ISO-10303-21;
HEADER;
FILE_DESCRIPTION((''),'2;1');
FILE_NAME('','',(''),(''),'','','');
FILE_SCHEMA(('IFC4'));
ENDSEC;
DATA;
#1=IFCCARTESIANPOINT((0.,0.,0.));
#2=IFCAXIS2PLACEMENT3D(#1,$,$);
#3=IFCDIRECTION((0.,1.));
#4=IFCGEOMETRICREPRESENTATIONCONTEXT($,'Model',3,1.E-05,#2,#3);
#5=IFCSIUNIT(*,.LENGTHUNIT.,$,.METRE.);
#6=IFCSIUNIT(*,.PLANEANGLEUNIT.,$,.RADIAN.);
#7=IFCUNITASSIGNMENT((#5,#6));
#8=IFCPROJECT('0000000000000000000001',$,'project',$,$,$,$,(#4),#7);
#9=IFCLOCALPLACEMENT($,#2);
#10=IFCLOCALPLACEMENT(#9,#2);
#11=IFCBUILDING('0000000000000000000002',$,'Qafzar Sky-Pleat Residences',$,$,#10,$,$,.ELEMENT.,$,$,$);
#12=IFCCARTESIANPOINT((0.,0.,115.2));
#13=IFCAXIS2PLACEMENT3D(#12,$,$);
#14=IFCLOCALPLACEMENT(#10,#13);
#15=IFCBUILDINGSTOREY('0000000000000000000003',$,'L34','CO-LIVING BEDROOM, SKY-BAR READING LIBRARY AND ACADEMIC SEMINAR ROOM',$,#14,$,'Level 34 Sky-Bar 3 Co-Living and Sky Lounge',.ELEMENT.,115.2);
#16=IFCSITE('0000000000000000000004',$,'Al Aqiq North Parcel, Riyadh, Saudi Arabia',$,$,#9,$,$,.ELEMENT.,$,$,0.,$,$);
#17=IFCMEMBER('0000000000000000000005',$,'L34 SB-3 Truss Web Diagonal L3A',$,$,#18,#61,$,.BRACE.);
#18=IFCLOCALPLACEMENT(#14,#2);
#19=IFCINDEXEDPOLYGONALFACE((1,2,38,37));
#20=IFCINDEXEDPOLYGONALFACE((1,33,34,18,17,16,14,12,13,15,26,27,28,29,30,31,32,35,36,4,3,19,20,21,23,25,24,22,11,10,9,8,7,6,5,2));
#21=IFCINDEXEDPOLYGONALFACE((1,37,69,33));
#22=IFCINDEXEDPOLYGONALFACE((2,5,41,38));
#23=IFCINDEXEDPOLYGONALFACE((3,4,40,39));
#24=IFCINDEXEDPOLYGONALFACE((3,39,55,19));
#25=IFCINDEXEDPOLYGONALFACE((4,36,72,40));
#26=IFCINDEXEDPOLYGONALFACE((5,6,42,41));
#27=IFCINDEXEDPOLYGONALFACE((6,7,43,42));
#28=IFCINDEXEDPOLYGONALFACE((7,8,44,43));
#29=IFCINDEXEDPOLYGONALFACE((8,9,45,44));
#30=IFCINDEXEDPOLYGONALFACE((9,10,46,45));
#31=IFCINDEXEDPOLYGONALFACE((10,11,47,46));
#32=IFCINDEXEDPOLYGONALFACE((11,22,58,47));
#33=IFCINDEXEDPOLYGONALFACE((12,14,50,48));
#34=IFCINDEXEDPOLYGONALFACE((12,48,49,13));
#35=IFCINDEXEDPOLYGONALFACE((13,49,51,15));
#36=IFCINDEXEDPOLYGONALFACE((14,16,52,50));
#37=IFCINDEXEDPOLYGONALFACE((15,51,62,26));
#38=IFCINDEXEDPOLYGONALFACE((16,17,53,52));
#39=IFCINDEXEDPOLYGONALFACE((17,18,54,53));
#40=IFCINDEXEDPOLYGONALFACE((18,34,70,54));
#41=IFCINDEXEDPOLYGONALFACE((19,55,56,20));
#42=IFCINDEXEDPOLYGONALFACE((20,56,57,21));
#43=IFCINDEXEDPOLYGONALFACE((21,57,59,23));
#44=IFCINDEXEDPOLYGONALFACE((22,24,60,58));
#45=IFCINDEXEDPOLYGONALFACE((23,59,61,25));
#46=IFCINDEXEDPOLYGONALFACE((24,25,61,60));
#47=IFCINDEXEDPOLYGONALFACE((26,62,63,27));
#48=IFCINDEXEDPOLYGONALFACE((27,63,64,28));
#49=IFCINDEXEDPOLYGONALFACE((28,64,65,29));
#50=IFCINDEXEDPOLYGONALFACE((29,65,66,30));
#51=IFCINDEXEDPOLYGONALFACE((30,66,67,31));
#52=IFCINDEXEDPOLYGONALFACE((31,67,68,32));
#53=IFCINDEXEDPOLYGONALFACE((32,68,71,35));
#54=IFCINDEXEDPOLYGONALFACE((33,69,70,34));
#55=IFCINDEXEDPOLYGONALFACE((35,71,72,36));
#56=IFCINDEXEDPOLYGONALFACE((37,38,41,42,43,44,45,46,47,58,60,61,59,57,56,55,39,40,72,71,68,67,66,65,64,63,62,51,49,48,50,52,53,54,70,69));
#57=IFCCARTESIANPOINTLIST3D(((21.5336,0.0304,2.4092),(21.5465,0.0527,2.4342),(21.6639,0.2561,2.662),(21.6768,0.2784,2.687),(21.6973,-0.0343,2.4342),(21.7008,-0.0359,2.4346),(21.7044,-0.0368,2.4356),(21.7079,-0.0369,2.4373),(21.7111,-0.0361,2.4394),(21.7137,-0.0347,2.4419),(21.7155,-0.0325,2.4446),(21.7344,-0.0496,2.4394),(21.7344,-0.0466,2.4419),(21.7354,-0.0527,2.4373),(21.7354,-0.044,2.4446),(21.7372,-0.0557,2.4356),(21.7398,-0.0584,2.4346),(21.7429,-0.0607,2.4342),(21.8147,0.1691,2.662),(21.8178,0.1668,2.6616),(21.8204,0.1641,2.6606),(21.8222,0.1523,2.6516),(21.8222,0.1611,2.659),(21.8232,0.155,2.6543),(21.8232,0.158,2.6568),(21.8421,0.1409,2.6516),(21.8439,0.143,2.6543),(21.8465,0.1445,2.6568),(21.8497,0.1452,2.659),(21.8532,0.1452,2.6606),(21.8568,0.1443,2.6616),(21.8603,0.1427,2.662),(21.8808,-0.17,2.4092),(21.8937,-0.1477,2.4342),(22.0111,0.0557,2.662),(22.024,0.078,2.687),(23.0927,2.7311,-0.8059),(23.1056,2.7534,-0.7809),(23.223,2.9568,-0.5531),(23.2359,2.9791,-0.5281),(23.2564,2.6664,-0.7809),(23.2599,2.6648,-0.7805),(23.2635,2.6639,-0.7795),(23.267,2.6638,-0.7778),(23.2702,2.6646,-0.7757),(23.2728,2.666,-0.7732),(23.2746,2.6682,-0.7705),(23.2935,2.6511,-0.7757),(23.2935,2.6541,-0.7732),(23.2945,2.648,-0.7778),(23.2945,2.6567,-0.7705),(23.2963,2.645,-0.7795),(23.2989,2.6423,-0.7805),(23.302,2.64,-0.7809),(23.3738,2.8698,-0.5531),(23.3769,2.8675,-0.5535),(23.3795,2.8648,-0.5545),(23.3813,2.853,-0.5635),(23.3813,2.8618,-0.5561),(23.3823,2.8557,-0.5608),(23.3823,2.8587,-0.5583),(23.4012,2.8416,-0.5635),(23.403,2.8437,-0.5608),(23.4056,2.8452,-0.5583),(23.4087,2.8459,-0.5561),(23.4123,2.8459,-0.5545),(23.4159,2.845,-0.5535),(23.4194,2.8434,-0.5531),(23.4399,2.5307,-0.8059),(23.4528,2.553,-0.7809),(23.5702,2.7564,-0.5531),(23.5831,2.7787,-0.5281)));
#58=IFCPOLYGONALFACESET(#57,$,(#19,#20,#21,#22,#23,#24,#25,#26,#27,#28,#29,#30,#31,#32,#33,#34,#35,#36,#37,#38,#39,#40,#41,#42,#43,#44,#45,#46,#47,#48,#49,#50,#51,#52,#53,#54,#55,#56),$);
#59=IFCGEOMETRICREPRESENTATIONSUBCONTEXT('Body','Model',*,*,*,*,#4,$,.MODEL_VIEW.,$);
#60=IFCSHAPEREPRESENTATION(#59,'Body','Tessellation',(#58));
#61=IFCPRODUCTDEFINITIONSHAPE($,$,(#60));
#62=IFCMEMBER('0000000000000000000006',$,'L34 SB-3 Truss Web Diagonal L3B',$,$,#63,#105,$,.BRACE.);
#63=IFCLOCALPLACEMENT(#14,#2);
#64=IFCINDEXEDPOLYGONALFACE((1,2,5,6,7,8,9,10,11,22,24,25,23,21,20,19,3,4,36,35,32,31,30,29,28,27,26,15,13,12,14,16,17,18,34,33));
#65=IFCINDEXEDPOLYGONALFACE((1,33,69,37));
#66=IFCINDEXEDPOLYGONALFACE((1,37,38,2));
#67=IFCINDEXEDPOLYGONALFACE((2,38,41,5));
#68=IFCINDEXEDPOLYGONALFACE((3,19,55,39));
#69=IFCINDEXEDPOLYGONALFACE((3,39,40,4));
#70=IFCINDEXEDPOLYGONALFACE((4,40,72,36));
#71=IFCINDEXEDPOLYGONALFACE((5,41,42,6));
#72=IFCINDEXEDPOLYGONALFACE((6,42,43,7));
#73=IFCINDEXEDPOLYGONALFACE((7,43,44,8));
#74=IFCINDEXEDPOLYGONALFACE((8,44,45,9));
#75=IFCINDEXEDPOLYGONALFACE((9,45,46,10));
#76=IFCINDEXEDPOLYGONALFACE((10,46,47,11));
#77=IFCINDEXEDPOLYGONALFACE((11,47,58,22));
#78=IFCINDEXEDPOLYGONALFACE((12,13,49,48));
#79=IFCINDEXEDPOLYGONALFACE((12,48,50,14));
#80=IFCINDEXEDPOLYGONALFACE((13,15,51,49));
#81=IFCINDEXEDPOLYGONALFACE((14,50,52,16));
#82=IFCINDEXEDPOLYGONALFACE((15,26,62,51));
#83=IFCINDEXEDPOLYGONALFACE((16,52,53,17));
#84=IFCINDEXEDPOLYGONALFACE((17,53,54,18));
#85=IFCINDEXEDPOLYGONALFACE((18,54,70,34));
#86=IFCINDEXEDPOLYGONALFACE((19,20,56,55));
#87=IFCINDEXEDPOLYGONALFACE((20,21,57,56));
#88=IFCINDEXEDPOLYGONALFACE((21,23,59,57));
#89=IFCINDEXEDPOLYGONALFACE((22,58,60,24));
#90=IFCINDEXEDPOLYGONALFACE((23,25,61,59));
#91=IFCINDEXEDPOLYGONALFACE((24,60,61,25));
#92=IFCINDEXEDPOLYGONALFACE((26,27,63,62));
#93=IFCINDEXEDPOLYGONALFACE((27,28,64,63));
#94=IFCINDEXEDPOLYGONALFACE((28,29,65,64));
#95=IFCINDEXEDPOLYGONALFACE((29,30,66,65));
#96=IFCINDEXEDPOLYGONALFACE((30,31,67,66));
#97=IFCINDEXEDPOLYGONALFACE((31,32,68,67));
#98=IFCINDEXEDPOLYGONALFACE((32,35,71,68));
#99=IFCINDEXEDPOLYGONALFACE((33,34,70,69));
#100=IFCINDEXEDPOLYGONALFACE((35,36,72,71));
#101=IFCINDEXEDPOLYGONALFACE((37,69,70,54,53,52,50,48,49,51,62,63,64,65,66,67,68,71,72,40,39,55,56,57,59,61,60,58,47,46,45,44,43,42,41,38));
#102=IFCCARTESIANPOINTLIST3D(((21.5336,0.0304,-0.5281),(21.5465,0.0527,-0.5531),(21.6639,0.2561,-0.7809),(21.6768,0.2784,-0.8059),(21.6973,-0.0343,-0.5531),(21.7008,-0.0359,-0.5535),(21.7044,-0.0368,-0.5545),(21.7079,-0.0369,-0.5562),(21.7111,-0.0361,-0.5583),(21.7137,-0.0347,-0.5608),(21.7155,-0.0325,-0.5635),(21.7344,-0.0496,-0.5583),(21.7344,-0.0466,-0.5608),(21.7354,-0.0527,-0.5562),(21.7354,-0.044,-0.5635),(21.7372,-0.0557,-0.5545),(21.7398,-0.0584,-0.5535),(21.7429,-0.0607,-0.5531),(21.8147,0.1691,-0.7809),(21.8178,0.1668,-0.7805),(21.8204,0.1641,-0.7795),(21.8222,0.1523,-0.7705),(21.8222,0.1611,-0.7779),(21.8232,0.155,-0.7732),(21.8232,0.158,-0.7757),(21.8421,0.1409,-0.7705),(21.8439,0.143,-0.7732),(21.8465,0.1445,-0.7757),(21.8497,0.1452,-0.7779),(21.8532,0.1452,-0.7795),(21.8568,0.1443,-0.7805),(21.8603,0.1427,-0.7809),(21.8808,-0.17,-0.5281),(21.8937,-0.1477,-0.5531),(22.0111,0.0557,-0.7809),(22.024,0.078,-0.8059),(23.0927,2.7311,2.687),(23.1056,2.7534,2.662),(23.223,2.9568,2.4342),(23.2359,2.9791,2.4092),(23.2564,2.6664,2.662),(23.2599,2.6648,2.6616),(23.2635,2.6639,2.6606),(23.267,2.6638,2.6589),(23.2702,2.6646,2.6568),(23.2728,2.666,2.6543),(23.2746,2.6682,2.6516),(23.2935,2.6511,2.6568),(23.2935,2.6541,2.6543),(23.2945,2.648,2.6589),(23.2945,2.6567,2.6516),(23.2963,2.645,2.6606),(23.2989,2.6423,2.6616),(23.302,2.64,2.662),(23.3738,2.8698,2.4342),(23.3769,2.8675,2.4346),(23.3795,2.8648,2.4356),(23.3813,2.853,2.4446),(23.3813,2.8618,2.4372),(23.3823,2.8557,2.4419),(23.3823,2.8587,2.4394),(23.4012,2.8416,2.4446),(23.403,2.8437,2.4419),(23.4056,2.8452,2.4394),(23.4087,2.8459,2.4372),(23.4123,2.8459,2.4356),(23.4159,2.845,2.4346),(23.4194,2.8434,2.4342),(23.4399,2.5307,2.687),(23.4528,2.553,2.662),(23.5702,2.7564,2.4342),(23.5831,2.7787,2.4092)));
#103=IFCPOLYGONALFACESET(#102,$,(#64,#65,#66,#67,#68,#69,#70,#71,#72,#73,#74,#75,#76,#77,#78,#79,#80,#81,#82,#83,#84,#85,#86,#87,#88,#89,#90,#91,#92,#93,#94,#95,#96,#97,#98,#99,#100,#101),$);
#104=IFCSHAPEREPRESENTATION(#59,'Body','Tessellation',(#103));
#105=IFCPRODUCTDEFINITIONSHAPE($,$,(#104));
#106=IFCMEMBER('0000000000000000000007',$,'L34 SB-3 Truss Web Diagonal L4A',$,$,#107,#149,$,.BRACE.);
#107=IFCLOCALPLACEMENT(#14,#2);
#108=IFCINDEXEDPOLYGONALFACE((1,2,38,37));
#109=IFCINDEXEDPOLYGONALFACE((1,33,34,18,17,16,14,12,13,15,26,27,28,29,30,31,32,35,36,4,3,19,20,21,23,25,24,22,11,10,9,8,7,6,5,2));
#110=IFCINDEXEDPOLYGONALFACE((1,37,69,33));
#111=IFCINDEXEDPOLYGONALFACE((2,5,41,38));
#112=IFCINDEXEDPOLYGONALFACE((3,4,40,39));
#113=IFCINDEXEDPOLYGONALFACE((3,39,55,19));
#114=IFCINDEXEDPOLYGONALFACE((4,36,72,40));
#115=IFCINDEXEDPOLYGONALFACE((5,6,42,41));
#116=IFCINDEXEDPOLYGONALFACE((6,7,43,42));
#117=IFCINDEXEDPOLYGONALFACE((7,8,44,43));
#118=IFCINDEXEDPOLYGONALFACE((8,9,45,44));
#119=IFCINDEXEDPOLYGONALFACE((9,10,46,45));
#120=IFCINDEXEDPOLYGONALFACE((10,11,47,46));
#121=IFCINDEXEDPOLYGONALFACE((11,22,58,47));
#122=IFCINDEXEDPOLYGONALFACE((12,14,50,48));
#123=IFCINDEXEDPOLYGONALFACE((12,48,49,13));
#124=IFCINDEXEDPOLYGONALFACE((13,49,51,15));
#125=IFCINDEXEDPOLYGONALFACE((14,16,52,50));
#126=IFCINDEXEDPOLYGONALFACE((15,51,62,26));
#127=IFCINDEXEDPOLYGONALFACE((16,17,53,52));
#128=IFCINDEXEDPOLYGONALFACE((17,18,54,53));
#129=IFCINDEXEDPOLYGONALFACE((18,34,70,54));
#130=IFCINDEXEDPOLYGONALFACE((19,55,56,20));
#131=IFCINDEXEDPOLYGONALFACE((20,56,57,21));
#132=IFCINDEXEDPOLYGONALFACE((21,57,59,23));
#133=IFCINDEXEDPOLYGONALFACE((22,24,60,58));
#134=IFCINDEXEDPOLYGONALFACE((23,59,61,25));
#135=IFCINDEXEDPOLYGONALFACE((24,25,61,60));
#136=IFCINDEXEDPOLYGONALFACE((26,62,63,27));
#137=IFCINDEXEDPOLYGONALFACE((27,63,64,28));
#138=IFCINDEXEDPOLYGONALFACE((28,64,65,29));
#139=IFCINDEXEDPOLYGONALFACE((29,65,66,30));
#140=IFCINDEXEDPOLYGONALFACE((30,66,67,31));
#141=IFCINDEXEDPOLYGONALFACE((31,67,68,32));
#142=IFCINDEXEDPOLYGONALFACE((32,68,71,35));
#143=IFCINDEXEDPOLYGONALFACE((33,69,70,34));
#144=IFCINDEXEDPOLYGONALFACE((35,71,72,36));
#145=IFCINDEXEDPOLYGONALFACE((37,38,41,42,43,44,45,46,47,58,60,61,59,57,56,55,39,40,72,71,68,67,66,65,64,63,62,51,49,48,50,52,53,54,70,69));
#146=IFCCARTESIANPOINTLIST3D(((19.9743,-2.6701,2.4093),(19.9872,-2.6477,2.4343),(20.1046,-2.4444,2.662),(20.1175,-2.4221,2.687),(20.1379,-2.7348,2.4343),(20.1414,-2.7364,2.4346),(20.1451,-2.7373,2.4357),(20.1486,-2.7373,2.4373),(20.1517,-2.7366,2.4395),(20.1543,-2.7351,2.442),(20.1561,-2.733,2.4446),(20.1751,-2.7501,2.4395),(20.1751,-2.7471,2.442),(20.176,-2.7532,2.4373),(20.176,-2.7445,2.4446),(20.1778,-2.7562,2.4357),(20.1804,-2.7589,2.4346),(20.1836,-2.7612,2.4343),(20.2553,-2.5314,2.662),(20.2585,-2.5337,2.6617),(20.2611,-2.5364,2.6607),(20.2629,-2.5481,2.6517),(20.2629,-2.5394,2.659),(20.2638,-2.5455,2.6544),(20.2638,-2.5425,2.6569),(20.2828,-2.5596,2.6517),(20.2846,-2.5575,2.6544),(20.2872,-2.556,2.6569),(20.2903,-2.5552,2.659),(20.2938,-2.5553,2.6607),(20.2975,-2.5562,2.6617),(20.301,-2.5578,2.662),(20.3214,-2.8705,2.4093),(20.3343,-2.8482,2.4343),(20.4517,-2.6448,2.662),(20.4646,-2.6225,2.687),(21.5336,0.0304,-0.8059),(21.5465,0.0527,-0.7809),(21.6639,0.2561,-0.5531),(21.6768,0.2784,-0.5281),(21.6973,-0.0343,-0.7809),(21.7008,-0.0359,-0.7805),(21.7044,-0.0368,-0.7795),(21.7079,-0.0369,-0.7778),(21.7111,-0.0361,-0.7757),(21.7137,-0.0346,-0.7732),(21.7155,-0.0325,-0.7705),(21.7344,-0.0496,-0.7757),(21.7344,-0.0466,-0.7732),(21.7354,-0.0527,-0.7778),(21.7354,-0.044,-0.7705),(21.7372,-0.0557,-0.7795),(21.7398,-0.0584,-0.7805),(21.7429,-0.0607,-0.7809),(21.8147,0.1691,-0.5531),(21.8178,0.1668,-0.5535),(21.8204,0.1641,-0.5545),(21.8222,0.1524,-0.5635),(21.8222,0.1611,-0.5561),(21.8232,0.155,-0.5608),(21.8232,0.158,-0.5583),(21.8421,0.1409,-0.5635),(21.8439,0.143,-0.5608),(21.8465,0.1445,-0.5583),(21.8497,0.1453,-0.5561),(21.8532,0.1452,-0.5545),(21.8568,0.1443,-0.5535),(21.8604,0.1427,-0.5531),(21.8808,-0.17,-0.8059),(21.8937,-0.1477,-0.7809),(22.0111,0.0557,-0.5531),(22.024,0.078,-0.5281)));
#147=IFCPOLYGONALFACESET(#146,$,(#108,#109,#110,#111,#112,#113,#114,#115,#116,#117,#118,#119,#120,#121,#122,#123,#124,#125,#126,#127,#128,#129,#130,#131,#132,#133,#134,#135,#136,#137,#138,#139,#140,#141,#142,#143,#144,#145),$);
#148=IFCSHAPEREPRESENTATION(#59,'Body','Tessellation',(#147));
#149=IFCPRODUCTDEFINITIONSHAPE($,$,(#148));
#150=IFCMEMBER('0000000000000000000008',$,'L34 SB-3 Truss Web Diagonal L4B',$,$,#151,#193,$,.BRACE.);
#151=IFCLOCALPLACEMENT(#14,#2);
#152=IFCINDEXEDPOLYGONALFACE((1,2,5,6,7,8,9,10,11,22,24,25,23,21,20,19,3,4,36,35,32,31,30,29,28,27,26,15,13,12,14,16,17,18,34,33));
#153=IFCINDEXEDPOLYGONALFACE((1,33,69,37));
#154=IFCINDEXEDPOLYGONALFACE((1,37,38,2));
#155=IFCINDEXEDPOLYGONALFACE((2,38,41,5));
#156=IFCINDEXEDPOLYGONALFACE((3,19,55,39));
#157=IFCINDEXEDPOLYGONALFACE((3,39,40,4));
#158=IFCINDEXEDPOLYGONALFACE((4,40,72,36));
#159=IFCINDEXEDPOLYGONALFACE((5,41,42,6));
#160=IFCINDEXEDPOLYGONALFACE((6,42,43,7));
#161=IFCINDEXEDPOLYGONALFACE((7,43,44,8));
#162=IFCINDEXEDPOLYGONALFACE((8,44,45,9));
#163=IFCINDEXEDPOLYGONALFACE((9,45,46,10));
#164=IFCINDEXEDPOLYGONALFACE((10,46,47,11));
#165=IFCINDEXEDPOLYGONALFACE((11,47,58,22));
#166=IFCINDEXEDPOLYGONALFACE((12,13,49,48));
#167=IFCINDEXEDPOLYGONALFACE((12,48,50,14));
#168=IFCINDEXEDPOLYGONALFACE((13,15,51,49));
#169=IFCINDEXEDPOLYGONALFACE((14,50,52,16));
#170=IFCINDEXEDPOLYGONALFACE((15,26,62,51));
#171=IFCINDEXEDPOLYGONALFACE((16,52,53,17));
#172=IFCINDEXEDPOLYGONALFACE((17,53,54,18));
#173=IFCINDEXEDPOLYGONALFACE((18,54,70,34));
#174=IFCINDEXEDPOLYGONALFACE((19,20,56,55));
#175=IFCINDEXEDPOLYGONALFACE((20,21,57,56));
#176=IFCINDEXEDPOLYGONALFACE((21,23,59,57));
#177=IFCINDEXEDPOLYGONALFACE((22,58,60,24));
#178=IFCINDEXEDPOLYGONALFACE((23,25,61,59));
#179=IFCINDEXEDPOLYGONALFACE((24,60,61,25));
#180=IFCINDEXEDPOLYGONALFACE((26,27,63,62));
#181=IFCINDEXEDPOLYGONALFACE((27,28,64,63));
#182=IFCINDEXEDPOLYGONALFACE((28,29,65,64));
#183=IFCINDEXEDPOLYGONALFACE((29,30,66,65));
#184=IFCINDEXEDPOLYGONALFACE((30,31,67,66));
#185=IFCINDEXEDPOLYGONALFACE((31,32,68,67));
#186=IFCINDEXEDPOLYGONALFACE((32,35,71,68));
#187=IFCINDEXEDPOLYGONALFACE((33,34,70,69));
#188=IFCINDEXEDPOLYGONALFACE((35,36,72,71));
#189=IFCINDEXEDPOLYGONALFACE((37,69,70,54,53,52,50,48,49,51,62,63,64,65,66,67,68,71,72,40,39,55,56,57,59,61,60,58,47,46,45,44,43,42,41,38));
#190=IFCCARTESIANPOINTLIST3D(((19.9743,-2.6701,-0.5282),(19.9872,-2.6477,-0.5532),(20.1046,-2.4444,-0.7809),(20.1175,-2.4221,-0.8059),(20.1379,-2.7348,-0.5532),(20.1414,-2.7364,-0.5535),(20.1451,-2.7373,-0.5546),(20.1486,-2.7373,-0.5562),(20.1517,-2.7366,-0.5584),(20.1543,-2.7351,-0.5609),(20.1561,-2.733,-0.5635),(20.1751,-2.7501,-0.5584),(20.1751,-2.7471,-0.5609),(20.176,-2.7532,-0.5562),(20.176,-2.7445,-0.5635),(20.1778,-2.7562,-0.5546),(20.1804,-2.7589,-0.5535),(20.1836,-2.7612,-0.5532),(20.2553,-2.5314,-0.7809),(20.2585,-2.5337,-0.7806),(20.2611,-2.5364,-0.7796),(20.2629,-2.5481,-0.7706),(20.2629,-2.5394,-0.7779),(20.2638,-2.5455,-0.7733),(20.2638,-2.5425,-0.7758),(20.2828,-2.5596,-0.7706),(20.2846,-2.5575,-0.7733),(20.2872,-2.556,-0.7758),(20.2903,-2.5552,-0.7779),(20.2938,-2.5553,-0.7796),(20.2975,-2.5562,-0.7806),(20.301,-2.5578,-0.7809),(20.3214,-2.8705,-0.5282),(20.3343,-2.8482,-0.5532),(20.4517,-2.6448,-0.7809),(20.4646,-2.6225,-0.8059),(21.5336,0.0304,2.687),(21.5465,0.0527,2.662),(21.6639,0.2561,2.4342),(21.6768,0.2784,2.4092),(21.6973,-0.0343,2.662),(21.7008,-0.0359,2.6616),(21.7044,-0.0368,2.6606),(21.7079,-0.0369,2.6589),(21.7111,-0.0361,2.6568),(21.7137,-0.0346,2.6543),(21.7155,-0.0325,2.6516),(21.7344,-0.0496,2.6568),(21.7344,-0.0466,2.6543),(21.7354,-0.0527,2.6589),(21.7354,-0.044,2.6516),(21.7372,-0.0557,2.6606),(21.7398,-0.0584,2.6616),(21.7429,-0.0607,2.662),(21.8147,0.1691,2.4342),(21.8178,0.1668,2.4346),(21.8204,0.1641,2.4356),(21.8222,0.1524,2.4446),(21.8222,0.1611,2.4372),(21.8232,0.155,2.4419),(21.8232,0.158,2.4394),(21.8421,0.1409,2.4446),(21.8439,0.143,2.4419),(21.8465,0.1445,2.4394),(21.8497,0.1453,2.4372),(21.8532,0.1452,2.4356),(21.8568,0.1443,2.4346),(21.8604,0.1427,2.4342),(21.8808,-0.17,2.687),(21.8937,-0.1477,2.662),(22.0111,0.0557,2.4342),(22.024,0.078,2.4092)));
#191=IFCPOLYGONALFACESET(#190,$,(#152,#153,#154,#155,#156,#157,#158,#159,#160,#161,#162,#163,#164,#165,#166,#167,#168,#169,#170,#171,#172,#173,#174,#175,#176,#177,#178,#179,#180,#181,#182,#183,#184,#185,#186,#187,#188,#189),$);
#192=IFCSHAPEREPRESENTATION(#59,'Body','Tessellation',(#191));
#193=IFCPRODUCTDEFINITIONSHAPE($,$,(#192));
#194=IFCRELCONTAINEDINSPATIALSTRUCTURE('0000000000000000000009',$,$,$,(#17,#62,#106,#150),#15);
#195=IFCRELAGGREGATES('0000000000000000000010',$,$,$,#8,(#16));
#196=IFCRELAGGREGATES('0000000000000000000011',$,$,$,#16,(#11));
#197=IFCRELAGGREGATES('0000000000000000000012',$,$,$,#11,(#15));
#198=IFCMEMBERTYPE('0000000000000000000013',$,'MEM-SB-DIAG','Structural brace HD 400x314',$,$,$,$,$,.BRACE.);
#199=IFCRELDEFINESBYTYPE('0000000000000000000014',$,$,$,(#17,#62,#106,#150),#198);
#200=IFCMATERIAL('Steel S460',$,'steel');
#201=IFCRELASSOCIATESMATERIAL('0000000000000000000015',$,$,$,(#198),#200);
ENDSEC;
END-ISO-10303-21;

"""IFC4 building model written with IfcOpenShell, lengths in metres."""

from ifc_helpers import new_model, si_unit, direction, frame, origin, origin_2d, place, context, subcontext, project, spatial, i_section, extrude, source, transform, mapped, material, material_profile, profile_set, type_object, element, save


model = new_model("IFC4")

# Units and contexts
model_context = context("Model", 3, precision=1e-05, world=origin(), true_north=direction((0.0, 1.0)))
body_context = subcontext(model_context, "Body", "Model", "MODEL_VIEW")
ifc_project = project(units=[si_unit("LENGTHUNIT", "METRE"), si_unit("PLANEANGLEUNIT", "RADIAN")], contexts=[model_context])

# Site, building, storey
site_placement = place(None, origin())
site = spatial("IfcSite", under=ifc_project, at=site_placement, Name="Al Aqiq North Parcel, Riyadh, Saudi Arabia", CompositionType="ELEMENT", RefElevation=0.0)
building_placement = place(site_placement, origin())
building = spatial("IfcBuilding", under=site, at=building_placement, Name="Qafzar Sky-Pleat Residences", CompositionType="ELEMENT")
storey_placement = place(building_placement, frame((0.0, 0.0, 115.2)))
storey = spatial("IfcBuildingStorey", under=building, at=storey_placement, Name="L34", Description="CO-LIVING BEDROOM, SKY-BAR READING LIBRARY AND ACADEMIC SEMINAR ROOM", LongName="Level 34 Sky-Bar 3 Co-Living and Sky Lounge", CompositionType="ELEMENT", Elevation=115.2)

# Shared definitions
ifc_material_1 = material(Name="Steel S460", Category="steel")

# Members
ifc_material_profile_1 = material_profile(ifc_material_1, i_section(OverallWidth=0.4009, OverallDepth=0.3989, WebThickness=0.0229, FlangeThickness=0.0359, FilletRadius=0.0149, at=origin_2d()), Name="HD 400x314")
ifc_profile_set_1 = profile_set([ifc_material_profile_1], Name="Steel S460")
member_type = type_object("IfcMemberType", Name="MEM-SB-DIAG", Description="Structural brace HD 400x314", PredefinedType="BRACE", material=ifc_profile_set_1)
shared_shape_1 = source(origin(), body_context, "Body", "SweptSolid", [
    extrude(i_section(OverallWidth=0.4009, OverallDepth=0.3989, WebThickness=0.0229, FlangeThickness=0.0359, FilletRadius=0.0149, at=origin_2d()), origin(), (0.0, 0.0, 1.0), 4.479),
])
for number, where, z_axis, x_axis, name in (
    (1, (23.3379, 2.7549, -0.667), (-0.348089, -0.602969, 0.717818), (0.866047, -0.499962, 0.0), "L34 SB-3 Truss Web Diagonal L3A"),
    (2, (23.3379, 2.7549, 2.5481), (-0.348089, -0.602969, -0.717818), (0.866047, -0.499962, 0.0), "L34 SB-3 Truss Web Diagonal L3B"),
    (3, (21.7788, 0.0542, -0.667), (-0.348148, -0.602923, 0.717828), (0.865994, -0.500055, 0.0), "L34 SB-3 Truss Web Diagonal L4A"),
    (4, (21.7788, 0.0542, 2.5481), (-0.348148, -0.602923, -0.717828), (0.865994, -0.500055, 0.0), "L34 SB-3 Truss Web Diagonal L4B"),
):
    element("IfcMember", number, at=place(storey_placement, frame(where, z_axis=z_axis, x_axis=x_axis)), inside=storey, type_object=member_type, Name=name, PredefinedType="BRACE", context=body_context, shape_type="MappedRepresentation", body=[
        mapped(shared_shape_1, transform((0.0, 0.0, 0.0), x_axis=(1.0, 0.0, 0.0), y_axis=(0.0, 1.0, 0.0), z_axis=(0.0, 0.0, 1.0), scale=1.0)),
    ])

save(model, "model.ifc")
